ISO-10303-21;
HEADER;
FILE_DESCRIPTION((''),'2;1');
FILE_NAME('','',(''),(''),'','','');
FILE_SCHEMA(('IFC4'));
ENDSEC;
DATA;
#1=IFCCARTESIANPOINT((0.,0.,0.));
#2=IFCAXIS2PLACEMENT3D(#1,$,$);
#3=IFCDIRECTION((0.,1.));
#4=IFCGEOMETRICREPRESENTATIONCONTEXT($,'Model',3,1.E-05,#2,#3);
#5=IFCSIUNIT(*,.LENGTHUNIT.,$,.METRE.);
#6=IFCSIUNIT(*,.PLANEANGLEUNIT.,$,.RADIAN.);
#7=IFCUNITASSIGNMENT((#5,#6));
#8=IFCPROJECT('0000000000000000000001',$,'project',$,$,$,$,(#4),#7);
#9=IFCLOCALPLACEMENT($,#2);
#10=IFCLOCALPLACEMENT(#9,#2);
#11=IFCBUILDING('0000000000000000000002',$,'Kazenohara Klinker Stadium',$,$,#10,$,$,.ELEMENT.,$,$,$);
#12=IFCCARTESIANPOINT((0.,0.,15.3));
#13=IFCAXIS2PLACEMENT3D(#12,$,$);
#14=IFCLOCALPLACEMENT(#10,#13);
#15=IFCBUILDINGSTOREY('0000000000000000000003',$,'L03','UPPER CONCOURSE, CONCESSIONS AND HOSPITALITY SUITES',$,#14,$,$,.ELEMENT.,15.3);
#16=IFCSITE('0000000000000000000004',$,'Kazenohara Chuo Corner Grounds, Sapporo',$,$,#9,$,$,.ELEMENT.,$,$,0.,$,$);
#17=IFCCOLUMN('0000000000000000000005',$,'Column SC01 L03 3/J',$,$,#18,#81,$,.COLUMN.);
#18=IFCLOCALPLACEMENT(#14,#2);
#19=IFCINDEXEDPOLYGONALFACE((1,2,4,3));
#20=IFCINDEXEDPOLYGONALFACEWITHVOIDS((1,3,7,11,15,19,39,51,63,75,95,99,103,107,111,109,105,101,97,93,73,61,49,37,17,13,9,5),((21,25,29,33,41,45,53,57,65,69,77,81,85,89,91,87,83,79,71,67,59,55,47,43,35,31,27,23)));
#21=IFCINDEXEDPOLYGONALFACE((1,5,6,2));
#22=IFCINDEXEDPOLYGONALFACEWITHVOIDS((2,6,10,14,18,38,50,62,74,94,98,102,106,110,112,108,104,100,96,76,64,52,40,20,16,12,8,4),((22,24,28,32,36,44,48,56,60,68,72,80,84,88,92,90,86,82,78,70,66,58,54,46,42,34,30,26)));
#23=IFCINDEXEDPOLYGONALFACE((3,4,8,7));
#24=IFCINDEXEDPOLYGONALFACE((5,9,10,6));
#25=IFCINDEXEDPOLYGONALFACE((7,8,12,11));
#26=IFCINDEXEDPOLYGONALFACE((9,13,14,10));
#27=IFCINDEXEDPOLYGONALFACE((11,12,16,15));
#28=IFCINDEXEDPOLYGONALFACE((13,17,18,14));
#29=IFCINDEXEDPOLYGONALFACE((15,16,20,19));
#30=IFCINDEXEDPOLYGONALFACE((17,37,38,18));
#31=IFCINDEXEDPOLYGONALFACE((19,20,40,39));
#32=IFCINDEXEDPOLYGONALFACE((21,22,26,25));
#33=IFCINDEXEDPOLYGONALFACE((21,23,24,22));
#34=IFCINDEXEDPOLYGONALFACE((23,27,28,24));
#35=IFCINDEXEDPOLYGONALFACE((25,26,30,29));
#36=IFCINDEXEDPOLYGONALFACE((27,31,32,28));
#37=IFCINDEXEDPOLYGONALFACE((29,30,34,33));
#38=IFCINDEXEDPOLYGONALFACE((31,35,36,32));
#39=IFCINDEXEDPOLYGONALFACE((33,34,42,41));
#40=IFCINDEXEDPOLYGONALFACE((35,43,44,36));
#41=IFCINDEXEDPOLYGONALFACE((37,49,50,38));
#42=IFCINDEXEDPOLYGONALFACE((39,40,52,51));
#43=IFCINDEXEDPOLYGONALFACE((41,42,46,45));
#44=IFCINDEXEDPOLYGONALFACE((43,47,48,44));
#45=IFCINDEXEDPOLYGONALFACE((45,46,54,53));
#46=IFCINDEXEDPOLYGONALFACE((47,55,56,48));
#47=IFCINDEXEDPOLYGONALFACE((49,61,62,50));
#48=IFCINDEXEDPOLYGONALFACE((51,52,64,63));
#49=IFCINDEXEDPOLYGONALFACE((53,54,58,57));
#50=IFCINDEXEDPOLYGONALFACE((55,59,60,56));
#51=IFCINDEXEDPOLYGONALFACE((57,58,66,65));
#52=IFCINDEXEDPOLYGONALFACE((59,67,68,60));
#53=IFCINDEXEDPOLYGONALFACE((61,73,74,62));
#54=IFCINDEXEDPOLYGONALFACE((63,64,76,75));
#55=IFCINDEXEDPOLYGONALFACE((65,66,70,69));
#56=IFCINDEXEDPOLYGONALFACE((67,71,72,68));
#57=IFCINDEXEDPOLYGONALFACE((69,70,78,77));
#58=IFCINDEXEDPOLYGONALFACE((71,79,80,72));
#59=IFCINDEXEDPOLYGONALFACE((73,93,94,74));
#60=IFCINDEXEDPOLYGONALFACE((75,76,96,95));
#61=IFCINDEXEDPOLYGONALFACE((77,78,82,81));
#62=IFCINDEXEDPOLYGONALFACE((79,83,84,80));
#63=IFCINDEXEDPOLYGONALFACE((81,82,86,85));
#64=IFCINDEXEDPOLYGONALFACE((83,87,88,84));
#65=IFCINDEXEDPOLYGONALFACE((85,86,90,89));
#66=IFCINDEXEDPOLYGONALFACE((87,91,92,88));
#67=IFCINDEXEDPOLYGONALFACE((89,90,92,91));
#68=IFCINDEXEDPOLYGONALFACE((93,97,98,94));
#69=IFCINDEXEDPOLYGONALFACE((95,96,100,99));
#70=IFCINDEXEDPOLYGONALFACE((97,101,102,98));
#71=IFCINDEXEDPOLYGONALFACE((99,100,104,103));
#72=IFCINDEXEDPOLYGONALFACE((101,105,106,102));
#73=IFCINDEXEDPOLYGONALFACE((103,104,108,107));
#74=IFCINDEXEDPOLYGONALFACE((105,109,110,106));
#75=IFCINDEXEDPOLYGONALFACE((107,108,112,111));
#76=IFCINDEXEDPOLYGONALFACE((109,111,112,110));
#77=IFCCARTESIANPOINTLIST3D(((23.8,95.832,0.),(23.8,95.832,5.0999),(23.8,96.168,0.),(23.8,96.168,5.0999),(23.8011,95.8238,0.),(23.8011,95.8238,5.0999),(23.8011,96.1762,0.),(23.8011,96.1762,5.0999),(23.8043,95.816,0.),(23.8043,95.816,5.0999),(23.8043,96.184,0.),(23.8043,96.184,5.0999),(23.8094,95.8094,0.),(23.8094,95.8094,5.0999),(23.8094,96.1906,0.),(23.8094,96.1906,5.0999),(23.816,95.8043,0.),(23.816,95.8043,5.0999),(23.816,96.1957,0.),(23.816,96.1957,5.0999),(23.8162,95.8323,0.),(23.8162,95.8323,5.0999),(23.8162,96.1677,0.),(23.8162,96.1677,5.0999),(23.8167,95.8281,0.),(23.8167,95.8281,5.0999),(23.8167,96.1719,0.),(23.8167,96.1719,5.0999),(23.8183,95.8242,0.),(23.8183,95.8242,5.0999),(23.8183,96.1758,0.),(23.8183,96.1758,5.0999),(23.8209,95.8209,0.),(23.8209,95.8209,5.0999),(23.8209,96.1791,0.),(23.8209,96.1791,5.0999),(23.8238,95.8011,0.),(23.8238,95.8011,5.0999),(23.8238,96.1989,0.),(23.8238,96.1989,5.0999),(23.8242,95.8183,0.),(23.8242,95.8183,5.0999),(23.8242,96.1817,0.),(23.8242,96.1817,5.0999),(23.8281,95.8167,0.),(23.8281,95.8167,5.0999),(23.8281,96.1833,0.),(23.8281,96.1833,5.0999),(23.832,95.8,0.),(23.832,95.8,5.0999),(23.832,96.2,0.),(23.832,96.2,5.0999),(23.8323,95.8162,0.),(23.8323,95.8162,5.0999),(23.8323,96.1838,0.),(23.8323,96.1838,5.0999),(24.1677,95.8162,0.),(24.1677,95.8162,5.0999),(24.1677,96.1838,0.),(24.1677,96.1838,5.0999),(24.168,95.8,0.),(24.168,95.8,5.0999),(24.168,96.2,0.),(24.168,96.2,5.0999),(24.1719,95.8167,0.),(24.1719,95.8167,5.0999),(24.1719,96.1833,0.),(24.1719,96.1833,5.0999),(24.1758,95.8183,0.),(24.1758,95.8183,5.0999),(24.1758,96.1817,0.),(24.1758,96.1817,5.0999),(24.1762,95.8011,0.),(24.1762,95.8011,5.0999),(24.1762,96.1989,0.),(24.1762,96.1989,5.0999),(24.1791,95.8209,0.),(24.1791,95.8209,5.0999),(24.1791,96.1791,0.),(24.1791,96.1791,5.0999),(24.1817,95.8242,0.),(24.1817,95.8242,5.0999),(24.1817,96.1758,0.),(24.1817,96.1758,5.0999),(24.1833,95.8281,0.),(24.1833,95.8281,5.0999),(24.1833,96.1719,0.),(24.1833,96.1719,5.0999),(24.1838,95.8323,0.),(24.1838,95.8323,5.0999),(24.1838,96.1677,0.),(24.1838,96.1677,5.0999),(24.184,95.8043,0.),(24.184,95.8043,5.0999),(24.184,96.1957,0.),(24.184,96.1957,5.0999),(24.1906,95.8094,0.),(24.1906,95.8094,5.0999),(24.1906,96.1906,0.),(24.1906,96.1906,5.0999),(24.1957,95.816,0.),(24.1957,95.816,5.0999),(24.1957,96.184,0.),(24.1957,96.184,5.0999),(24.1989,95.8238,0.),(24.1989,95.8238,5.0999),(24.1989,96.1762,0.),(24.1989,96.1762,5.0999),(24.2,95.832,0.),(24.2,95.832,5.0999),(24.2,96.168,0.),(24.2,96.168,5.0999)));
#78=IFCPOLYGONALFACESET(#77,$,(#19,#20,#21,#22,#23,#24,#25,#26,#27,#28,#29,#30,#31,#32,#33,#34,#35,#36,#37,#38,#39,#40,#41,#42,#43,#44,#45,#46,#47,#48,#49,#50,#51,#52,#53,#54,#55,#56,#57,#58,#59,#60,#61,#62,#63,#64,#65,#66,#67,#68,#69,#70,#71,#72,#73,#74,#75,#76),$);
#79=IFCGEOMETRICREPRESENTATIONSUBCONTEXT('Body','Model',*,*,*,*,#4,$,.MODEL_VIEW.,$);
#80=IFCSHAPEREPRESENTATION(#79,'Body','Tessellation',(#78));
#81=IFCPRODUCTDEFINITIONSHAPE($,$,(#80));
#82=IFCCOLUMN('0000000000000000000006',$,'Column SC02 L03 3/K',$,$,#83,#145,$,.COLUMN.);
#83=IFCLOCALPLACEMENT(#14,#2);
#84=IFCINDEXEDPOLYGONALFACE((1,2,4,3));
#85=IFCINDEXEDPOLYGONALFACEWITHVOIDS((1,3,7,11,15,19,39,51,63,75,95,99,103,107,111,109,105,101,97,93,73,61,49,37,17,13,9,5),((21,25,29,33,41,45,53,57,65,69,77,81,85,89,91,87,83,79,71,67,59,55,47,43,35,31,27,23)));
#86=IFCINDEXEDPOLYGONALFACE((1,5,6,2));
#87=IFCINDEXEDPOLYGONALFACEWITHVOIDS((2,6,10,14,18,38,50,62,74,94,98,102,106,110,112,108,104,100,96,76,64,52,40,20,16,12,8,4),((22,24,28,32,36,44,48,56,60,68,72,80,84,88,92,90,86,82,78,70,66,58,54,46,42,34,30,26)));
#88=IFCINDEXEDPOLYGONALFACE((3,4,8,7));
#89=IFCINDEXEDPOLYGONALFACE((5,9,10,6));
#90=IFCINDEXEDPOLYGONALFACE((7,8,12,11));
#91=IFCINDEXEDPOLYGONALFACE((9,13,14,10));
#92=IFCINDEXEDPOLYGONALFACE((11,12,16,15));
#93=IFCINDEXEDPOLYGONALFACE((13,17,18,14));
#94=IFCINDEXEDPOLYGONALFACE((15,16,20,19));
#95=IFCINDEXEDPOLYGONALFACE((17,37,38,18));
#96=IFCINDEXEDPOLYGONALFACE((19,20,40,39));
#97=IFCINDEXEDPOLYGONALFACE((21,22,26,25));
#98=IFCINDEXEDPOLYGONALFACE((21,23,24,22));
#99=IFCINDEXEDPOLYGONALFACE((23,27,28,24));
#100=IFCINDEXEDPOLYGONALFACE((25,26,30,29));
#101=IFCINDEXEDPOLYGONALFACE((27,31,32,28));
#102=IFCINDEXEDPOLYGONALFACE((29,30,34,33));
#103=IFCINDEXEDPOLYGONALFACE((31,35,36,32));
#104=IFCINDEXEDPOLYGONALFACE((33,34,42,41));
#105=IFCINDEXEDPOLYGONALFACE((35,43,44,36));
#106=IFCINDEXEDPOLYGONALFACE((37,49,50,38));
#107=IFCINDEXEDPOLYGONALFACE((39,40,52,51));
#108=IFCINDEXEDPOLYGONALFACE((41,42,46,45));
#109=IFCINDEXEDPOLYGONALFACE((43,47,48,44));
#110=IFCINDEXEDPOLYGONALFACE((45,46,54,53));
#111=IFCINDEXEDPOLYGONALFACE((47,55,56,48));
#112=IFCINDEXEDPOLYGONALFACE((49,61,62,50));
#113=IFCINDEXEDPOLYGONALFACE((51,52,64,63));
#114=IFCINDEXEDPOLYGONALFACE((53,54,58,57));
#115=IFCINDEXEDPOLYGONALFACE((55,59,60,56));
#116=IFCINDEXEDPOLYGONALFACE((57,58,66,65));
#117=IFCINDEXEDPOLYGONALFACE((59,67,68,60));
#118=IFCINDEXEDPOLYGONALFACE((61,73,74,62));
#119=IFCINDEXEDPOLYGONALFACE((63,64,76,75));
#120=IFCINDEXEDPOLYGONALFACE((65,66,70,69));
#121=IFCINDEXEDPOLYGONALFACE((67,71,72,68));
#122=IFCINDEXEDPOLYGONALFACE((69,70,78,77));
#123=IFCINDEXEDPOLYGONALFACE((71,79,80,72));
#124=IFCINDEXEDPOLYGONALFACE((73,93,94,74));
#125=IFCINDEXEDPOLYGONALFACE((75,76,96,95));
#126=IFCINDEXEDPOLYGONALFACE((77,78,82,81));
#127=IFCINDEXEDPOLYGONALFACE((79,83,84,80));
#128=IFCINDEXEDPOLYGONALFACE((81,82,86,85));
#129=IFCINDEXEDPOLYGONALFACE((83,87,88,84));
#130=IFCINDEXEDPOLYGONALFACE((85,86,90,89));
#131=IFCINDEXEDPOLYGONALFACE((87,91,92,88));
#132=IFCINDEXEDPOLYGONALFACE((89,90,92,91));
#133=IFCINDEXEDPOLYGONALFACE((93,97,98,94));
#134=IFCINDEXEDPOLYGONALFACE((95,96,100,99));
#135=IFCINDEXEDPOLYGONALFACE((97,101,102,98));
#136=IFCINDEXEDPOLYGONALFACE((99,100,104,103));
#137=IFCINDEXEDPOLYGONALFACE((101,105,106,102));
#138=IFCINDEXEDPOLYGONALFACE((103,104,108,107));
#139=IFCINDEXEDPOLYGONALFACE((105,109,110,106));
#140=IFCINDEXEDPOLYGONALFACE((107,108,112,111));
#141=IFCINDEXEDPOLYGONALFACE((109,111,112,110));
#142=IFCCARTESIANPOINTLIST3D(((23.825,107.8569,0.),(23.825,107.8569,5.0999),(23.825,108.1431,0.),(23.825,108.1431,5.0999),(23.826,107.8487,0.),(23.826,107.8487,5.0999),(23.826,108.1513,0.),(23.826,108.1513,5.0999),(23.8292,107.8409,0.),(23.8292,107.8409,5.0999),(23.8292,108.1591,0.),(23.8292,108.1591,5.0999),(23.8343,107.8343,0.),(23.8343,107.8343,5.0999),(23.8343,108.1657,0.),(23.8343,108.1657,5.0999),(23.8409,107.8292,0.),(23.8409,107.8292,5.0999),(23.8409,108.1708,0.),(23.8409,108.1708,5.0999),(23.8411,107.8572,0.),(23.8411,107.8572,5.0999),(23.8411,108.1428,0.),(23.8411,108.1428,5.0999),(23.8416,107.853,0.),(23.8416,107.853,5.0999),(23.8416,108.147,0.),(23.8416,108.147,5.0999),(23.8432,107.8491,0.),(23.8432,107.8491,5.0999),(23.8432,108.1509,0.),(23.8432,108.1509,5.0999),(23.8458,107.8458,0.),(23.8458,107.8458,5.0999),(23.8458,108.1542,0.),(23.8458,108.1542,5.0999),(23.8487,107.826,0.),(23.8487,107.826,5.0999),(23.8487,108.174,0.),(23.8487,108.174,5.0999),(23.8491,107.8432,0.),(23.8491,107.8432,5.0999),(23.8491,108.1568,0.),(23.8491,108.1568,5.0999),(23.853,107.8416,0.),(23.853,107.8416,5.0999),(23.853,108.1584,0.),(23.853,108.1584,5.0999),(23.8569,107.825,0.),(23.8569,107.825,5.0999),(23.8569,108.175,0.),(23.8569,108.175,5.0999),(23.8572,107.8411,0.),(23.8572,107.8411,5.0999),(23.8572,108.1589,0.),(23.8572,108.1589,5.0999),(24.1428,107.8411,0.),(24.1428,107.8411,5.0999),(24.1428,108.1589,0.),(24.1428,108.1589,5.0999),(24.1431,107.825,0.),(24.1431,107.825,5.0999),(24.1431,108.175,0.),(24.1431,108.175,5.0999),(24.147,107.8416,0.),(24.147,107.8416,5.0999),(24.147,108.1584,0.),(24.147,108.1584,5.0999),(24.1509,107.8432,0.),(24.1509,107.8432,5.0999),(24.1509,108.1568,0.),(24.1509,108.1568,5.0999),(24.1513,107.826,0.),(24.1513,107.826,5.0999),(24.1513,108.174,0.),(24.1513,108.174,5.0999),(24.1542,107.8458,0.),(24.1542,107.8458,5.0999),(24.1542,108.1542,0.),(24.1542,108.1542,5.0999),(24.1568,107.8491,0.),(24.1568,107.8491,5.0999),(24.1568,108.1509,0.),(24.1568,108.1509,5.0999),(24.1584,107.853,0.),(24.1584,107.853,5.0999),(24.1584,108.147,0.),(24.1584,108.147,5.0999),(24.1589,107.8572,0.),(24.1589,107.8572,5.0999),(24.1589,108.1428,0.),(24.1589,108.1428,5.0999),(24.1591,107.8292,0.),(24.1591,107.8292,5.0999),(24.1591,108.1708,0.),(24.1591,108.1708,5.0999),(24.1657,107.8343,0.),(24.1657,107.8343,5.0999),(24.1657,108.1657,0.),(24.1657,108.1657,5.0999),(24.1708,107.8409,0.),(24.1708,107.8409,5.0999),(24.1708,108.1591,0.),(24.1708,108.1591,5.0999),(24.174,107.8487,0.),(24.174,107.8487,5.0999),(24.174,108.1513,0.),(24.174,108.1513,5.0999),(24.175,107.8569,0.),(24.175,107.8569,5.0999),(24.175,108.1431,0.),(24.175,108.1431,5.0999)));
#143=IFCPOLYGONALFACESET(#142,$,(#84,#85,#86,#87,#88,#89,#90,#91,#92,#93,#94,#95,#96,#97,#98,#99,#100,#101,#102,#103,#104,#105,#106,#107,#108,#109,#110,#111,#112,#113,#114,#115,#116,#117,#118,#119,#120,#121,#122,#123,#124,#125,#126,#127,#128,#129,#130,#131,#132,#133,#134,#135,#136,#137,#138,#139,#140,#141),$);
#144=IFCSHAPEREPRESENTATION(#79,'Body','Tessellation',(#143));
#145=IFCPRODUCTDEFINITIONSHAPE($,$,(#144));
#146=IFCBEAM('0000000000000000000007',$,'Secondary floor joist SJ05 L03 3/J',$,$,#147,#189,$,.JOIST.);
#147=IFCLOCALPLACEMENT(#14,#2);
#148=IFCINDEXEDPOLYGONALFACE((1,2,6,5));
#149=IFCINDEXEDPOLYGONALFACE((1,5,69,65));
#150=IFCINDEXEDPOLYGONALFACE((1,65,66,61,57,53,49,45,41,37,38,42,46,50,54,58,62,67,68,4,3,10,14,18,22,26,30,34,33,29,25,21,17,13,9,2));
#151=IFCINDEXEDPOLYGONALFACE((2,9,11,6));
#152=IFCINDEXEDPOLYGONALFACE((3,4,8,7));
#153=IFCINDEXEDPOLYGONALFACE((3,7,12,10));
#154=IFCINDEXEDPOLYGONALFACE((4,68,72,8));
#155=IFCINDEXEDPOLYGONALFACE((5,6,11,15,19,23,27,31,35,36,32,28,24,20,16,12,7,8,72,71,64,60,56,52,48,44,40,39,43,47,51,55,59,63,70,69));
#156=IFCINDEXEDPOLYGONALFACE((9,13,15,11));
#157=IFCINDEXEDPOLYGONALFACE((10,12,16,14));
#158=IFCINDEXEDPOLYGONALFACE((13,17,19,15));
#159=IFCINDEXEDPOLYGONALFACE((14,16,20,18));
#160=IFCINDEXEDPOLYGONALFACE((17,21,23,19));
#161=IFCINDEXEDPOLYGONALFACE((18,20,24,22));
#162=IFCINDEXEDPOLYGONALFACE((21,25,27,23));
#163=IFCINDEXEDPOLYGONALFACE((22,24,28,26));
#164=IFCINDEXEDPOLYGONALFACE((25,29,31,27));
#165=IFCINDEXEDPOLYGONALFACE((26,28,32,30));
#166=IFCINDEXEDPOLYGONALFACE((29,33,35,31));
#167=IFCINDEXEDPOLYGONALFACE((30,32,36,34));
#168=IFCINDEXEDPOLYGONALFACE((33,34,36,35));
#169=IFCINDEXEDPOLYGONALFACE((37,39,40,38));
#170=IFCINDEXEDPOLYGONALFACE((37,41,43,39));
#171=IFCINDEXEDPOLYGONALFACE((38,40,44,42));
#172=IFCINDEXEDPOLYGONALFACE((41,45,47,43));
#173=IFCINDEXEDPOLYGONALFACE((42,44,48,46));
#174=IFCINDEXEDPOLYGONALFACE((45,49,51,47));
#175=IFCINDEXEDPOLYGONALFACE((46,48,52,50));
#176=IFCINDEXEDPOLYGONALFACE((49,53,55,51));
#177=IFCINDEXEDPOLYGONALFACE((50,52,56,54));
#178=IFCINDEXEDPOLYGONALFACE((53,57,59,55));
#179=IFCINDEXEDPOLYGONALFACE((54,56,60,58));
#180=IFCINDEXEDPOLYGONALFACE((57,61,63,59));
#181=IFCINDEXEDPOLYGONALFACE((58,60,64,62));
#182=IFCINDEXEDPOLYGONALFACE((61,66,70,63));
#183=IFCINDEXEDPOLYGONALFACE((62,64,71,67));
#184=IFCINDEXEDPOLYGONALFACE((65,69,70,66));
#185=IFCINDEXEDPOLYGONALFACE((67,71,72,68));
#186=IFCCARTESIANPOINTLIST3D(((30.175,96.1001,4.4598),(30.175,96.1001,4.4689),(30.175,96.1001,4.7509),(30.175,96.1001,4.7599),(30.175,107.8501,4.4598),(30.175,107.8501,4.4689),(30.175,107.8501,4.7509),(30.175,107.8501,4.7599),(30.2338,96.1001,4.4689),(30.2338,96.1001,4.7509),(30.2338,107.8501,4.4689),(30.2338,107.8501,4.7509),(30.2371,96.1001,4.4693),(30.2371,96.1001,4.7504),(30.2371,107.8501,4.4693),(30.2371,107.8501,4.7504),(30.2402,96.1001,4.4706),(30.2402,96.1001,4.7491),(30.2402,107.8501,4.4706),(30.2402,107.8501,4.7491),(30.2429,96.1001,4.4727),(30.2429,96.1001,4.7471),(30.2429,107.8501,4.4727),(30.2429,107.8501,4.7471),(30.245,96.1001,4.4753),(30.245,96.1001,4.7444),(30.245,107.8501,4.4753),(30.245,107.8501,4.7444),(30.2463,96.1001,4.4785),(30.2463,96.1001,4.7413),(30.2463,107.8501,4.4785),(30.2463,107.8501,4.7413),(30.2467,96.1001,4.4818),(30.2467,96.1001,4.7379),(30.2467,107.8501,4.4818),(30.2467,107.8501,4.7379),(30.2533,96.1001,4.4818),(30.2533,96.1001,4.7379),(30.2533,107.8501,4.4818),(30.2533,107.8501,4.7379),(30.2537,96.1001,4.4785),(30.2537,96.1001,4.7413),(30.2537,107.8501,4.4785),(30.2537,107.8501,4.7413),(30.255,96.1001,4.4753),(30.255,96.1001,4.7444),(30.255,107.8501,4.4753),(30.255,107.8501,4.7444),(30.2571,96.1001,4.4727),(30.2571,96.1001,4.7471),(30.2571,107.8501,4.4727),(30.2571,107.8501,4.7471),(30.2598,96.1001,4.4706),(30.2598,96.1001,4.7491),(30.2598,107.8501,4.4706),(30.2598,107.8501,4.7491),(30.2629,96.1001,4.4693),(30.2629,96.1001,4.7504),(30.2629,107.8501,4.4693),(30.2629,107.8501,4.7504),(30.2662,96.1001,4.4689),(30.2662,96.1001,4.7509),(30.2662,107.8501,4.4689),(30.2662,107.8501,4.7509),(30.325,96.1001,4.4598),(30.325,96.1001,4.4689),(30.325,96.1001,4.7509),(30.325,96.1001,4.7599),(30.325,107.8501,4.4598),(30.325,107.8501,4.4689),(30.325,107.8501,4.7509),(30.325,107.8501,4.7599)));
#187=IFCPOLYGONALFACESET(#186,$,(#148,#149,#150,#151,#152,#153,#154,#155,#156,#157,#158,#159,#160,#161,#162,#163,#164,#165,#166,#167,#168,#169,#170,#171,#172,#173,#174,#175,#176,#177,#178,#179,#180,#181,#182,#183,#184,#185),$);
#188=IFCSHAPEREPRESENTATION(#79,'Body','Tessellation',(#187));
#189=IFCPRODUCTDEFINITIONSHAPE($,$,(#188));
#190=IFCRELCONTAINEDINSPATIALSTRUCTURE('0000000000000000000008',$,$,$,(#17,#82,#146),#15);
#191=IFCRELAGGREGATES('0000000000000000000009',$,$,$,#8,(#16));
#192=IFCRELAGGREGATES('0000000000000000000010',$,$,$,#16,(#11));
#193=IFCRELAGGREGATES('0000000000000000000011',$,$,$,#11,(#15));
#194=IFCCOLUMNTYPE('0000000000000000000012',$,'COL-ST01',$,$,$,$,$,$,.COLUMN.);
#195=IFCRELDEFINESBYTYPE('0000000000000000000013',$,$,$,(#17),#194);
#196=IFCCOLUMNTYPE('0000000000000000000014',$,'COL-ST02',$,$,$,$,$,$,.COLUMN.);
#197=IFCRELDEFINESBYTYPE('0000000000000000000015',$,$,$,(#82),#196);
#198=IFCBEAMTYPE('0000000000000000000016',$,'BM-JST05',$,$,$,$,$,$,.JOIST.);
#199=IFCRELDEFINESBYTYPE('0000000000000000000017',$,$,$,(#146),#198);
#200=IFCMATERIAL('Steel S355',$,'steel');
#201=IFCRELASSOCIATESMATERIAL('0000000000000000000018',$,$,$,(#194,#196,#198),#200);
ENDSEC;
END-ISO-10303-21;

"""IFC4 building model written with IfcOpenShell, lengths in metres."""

from ifc_helpers import new_model, si_unit, direction, frame, origin, origin_2d, place, context, subcontext, project, spatial, hollow_rectangle, i_section, extrude, material, material_profile, profile_set, type_object, element, save


model = new_model("IFC4")

# Units and contexts
model_context = context("Model", 3, precision=1e-05, world=origin(), true_north=direction((0.0, 1.0)))
body_context = subcontext(model_context, "Body", "Model", "MODEL_VIEW")
ifc_project = project(units=[si_unit("LENGTHUNIT", "METRE"), si_unit("PLANEANGLEUNIT", "RADIAN")], contexts=[model_context])

# Site, building, storey
site_placement = place(None, origin())
site = spatial("IfcSite", under=ifc_project, at=site_placement, Name="Kazenohara Chuo Corner Grounds, Sapporo", CompositionType="ELEMENT", RefElevation=0.0)
building_placement = place(site_placement, origin())
building = spatial("IfcBuilding", under=site, at=building_placement, Name="Kazenohara Klinker Stadium", CompositionType="ELEMENT")
storey_placement = place(building_placement, frame((0.0, 0.0, 15.3)))
storey = spatial("IfcBuildingStorey", under=building, at=storey_placement, Name="L03", Description="UPPER CONCOURSE, CONCESSIONS AND HOSPITALITY SUITES", CompositionType="ELEMENT", Elevation=15.3)

# Columns
ifc_material_1 = material(Name="Steel S355", Category="steel")
ifc_material_profile_1 = material_profile(ifc_material_1, hollow_rectangle(XDim=0.3999, YDim=0.3999, WallThickness=0.0161, InnerFilletRadius=0.0161, OuterFilletRadius=0.032, at=origin_2d()), Name="SHS-400x400x16")
ifc_profile_set_1 = profile_set([ifc_material_profile_1], Name="Steel S355")
column_type_1 = type_object("IfcColumnType", Name="COL-ST01", PredefinedType="COLUMN", material=ifc_profile_set_1)
column_1_placement = place(storey_placement, frame((24.0, 96.0, 0.0), z_axis=(0.0, 0.0, 1.0), x_axis=(1.0, 0.0, 0.0)))
element("IfcColumn", 1, at=column_1_placement, inside=storey, type_object=column_type_1, Name="Column SC01 L03 3/J", PredefinedType="COLUMN", context=body_context, shape_type="SweptSolid", body=[
    extrude(hollow_rectangle(XDim=0.3999, YDim=0.3999, WallThickness=0.0161, InnerFilletRadius=0.0161, OuterFilletRadius=0.032, at=origin_2d()), origin(), (0.0, 0.0, 1.0), 5.0999),
])
ifc_material_profile_2 = material_profile(ifc_material_1, hollow_rectangle(XDim=0.3501, YDim=0.3501, WallThickness=0.0161, InnerFilletRadius=0.0161, OuterFilletRadius=0.032, at=origin_2d()), Name="SHS-350x350x16")
ifc_profile_set_2 = profile_set([ifc_material_profile_2], Name="Steel S355")
column_type_2 = type_object("IfcColumnType", Name="COL-ST02", PredefinedType="COLUMN", material=ifc_profile_set_2)
column_2_placement = place(storey_placement, frame((24.0, 108.0, 0.0), z_axis=(0.0, 0.0, 1.0), x_axis=(1.0, 0.0, 0.0)))
element("IfcColumn", 2, at=column_2_placement, inside=storey, type_object=column_type_2, Name="Column SC02 L03 3/K", PredefinedType="COLUMN", context=body_context, shape_type="SweptSolid", body=[
    extrude(hollow_rectangle(XDim=0.3501, YDim=0.3501, WallThickness=0.0161, InnerFilletRadius=0.0161, OuterFilletRadius=0.032, at=origin_2d()), origin(), (0.0, 0.0, 1.0), 5.0999),
])

# Beam
ifc_material_profile_3 = material_profile(ifc_material_1, i_section(OverallWidth=0.1499, OverallDepth=0.3, WebThickness=0.0066, FlangeThickness=0.009, FilletRadius=0.0129, at=origin_2d()), Name="H-300x150x6.5x9")
ifc_profile_set_3 = profile_set([ifc_material_profile_3], Name="Steel S355")
beam_type_1 = type_object("IfcBeamType", Name="BM-JST05", PredefinedType="JOIST", material=ifc_profile_set_3)
beam_1_placement = place(storey_placement, frame((30.25, 96.1001, 4.6099), z_axis=(0.0, 1.0, 0.0), x_axis=(-1.0, 0.0, 0.0)))
element("IfcBeam", 3, at=beam_1_placement, inside=storey, type_object=beam_type_1, Name="Secondary floor joist SJ05 L03 3/J", PredefinedType="JOIST", context=body_context, shape_type="SweptSolid", body=[
    extrude(i_section(OverallWidth=0.1499, OverallDepth=0.3, WebThickness=0.0066, FlangeThickness=0.009, FilletRadius=0.0129, at=origin_2d()), origin(), (0.0, 0.0, 1.0), 11.75),
])

save(model, "model.ifc")
